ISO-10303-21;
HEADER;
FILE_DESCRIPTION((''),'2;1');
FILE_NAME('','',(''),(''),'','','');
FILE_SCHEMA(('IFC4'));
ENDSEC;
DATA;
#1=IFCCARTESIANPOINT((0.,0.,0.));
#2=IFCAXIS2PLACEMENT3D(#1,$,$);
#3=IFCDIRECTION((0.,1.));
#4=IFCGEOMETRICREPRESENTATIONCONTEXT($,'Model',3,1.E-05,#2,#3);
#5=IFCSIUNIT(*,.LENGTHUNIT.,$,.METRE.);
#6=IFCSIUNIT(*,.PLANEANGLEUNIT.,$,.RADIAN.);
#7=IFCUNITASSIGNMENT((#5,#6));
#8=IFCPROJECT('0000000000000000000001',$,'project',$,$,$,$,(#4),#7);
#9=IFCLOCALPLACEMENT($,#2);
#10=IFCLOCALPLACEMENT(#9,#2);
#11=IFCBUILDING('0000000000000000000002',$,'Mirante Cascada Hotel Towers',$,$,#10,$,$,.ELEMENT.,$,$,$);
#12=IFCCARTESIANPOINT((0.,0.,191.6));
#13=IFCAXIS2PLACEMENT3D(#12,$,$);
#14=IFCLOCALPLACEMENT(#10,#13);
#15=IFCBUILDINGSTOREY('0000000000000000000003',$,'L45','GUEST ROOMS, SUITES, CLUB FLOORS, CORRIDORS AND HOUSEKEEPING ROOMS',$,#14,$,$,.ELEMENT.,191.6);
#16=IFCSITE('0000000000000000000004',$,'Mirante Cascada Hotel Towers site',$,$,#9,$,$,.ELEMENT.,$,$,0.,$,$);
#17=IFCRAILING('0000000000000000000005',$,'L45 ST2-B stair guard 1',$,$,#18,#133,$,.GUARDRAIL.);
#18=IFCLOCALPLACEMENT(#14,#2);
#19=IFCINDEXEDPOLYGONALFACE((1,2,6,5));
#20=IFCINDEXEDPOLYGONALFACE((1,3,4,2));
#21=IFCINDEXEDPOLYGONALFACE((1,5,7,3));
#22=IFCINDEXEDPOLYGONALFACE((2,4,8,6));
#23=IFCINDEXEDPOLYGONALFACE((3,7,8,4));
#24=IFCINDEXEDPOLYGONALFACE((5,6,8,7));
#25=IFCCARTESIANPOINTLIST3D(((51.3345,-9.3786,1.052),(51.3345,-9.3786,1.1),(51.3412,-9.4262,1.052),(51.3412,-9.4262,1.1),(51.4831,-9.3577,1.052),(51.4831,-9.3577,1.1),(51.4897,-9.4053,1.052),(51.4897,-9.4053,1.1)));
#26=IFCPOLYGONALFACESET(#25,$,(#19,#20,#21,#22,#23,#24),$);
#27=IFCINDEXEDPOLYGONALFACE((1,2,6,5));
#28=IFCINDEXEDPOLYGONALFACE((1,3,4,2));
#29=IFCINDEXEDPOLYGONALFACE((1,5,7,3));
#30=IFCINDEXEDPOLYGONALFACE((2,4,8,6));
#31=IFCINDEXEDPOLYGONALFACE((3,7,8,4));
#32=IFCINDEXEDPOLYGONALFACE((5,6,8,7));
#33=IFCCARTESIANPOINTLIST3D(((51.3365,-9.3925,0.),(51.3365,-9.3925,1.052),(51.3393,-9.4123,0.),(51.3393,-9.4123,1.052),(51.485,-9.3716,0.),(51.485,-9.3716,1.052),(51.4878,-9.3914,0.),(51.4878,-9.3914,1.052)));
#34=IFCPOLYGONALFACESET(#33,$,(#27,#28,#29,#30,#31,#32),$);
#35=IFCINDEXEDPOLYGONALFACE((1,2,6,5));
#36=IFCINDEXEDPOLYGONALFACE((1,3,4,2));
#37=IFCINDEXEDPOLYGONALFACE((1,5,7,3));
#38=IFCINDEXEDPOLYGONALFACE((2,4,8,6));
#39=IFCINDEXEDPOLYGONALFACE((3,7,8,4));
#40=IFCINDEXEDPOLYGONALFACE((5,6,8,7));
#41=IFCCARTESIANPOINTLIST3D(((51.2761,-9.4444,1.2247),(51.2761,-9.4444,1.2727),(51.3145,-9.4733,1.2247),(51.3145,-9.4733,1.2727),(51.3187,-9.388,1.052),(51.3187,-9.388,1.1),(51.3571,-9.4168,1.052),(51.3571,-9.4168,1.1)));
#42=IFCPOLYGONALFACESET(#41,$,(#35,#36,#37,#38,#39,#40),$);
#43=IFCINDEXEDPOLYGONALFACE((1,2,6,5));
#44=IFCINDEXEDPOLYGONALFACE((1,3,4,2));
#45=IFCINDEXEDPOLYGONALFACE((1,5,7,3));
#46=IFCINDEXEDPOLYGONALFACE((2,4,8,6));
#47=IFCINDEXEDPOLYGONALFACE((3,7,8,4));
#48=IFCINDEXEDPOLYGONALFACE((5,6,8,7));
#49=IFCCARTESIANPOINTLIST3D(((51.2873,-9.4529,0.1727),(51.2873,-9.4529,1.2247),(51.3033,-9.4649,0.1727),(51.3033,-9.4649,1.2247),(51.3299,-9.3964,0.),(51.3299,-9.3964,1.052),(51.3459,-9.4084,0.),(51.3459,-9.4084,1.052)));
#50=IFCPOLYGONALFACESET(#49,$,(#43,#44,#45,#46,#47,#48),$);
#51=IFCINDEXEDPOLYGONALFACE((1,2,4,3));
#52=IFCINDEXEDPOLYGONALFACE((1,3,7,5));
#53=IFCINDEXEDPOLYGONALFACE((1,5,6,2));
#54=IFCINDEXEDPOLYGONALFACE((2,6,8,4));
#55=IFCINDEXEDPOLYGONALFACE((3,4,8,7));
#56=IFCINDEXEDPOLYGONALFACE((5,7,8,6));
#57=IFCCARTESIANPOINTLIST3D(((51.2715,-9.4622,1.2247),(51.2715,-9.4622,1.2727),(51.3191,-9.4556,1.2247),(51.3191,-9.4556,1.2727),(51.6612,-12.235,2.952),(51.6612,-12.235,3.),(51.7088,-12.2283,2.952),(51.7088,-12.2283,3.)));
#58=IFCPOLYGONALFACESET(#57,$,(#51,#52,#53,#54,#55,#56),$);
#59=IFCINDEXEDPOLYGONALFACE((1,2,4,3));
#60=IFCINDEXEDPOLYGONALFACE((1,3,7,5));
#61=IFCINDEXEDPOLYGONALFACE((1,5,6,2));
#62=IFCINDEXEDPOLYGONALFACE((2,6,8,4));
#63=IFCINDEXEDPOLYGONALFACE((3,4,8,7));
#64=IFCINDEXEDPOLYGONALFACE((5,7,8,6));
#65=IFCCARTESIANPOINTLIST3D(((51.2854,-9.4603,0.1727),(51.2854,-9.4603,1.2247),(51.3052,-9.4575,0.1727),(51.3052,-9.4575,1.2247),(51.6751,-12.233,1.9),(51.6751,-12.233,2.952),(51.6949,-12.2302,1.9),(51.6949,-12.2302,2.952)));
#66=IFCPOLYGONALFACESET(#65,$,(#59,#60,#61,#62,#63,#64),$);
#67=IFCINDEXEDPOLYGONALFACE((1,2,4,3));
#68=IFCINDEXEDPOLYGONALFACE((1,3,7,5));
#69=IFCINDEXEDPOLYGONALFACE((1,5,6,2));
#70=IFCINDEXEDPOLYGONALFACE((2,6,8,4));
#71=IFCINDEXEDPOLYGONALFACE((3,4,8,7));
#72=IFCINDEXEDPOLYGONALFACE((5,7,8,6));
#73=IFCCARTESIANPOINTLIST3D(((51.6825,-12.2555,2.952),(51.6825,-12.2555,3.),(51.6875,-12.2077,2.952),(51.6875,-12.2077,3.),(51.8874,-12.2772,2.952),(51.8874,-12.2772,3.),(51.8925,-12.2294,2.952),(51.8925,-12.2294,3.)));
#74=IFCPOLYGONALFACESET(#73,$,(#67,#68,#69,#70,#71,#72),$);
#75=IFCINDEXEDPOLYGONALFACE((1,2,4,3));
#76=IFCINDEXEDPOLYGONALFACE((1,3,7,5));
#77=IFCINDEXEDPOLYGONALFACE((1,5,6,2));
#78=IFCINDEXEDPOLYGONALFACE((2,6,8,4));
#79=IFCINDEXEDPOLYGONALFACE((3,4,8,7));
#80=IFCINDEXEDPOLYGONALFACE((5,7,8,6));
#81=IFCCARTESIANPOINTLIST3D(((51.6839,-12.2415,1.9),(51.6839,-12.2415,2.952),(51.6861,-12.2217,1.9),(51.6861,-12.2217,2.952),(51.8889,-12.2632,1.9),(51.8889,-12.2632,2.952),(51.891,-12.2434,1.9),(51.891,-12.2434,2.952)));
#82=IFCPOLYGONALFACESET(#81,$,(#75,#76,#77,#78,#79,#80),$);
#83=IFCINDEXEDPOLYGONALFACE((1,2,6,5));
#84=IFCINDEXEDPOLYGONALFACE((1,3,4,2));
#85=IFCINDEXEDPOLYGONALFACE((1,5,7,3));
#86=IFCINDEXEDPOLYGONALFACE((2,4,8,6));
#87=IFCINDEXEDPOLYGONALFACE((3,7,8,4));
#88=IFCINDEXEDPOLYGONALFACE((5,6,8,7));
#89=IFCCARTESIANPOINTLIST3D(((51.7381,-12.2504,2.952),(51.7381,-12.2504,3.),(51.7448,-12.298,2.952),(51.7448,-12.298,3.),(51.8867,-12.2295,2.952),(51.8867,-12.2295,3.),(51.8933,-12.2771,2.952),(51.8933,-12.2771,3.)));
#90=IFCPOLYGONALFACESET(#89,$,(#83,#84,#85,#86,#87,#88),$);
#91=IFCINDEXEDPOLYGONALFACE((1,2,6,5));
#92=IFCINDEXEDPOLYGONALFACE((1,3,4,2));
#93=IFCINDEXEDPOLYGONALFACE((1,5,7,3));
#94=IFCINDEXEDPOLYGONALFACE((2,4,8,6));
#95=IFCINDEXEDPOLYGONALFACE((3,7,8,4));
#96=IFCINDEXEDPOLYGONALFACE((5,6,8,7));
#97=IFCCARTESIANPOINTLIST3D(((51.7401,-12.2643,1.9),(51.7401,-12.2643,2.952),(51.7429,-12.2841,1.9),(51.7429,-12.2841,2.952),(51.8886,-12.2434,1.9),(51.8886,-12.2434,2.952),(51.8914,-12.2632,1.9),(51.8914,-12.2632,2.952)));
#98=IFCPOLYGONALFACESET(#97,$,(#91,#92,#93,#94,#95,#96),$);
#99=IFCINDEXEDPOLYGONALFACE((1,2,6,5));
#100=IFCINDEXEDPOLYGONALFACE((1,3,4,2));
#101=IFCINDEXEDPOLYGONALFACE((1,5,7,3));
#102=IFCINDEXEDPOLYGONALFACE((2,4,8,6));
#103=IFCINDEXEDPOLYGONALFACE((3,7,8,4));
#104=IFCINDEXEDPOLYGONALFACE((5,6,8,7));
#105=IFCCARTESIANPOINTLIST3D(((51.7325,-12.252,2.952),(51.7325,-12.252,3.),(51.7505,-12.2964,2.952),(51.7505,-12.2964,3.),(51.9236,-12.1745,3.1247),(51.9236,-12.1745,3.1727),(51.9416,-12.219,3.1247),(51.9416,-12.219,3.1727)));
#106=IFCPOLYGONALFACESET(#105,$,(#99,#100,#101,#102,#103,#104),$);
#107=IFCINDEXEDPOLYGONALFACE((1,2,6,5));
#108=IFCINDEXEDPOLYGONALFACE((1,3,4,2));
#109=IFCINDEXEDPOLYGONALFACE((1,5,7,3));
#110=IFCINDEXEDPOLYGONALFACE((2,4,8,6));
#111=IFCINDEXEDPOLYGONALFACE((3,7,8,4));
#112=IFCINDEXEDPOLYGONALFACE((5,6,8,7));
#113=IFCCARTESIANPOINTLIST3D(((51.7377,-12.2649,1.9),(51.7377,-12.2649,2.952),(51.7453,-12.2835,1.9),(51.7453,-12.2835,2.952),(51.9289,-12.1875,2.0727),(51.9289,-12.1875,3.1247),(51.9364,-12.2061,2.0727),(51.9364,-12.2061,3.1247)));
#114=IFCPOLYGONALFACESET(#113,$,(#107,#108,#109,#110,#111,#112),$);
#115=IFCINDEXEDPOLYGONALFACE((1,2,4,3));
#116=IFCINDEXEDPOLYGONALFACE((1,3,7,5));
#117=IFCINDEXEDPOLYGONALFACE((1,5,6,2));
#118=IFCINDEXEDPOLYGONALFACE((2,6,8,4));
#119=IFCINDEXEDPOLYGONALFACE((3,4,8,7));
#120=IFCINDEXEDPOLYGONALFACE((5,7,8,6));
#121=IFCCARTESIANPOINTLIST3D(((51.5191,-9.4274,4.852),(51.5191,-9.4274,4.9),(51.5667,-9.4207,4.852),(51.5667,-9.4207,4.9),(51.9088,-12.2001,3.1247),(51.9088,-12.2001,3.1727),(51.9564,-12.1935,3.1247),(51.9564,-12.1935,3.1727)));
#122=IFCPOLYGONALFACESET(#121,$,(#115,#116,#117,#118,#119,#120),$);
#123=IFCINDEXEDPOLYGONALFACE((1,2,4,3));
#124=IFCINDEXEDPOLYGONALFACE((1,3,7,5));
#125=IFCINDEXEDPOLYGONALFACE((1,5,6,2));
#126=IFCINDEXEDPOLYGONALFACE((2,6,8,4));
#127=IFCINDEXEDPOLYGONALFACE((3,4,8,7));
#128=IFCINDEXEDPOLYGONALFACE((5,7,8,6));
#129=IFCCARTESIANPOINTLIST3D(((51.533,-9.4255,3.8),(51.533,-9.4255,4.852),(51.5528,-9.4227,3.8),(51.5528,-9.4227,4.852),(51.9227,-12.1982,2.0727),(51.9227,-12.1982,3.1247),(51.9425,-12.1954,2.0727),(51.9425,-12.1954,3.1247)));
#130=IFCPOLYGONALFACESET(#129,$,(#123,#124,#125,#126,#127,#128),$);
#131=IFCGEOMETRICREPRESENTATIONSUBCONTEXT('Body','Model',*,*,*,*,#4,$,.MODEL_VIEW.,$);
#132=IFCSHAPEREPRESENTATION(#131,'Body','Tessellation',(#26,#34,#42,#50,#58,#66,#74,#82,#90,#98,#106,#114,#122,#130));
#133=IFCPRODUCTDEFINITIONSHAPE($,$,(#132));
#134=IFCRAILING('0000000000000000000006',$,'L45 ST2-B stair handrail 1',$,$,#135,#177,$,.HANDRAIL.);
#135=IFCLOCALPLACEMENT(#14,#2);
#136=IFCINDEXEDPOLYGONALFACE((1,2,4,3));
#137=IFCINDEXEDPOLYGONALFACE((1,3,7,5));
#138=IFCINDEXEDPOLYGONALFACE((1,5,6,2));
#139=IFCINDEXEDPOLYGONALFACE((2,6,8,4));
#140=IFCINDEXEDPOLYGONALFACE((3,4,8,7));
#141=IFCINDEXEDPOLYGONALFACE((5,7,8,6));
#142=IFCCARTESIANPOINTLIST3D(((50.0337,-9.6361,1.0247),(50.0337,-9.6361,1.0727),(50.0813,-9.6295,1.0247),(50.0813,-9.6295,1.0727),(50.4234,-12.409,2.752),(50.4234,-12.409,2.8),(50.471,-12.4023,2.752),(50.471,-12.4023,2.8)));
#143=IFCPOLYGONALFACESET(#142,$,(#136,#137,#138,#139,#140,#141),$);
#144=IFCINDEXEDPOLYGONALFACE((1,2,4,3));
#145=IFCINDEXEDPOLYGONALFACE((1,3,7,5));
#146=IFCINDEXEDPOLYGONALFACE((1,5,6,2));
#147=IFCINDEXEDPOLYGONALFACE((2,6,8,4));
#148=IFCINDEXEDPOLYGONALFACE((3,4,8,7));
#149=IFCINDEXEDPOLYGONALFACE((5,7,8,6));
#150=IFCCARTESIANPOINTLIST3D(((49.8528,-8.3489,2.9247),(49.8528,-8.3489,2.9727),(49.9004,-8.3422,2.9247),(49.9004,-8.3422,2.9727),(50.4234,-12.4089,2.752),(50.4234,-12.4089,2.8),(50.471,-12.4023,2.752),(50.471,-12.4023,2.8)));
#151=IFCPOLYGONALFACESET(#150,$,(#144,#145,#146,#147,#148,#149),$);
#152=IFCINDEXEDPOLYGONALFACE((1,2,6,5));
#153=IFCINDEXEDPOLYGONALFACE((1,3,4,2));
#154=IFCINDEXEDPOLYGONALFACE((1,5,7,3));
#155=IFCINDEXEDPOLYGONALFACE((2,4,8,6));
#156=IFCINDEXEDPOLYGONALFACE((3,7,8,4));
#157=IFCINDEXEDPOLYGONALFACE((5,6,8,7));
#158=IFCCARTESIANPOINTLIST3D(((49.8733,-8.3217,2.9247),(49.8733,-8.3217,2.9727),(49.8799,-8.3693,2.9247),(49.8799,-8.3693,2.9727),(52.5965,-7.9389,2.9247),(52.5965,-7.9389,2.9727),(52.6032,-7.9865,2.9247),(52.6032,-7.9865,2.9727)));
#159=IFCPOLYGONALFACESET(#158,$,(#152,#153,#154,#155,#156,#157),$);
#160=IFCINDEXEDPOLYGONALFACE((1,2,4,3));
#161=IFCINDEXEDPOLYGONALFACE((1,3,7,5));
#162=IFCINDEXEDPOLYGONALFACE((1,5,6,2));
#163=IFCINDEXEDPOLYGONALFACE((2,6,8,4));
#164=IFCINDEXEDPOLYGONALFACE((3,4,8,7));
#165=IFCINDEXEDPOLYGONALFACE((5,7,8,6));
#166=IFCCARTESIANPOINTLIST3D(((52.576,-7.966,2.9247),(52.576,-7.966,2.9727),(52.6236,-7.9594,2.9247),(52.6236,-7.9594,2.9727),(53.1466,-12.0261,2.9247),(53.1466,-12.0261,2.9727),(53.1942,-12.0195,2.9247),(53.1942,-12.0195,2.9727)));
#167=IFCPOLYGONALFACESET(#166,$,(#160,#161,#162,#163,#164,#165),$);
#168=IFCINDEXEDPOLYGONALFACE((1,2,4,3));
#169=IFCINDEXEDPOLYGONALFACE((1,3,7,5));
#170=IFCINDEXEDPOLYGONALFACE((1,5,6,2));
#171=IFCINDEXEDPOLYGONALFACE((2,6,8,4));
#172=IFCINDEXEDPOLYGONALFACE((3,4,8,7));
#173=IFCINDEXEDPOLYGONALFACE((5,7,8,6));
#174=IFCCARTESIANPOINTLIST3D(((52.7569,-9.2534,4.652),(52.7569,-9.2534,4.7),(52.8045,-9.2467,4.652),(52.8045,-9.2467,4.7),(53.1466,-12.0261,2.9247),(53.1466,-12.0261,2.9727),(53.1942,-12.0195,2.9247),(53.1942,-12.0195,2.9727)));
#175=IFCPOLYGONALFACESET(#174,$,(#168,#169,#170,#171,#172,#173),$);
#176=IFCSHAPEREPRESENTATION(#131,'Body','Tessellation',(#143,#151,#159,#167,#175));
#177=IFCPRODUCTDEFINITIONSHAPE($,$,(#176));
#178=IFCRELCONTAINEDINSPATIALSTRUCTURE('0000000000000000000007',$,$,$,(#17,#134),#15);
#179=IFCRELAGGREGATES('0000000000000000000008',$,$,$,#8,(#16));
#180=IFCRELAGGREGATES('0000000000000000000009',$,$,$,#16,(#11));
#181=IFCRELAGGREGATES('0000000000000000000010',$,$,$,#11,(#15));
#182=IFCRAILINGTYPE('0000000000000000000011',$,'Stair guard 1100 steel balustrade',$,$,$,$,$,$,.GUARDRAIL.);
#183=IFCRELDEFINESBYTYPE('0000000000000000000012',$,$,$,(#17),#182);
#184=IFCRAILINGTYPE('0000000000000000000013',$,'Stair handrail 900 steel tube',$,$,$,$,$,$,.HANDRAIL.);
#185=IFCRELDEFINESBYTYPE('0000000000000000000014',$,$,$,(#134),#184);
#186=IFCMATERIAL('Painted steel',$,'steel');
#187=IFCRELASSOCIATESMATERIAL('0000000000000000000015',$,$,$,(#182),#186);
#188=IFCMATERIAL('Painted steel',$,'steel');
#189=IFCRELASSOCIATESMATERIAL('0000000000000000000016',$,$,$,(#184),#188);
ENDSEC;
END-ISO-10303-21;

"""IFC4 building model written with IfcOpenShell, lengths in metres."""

from ifc_helpers import new_model, si_unit, direction, frame, origin, origin_2d, place, context, subcontext, project, spatial, rectangle, extrude, material, type_object, element, save


model = new_model("IFC4")

# Units and contexts
model_context = context("Model", 3, precision=1e-05, world=origin(), true_north=direction((0.0, 1.0)))
body_context = subcontext(model_context, "Body", "Model", "MODEL_VIEW")
ifc_project = project(units=[si_unit("LENGTHUNIT", "METRE"), si_unit("PLANEANGLEUNIT", "RADIAN")], contexts=[model_context])

# Site, building, storey
site_placement = place(None, origin())
site = spatial("IfcSite", under=ifc_project, at=site_placement, Name="Mirante Cascada Hotel Towers site", CompositionType="ELEMENT", RefElevation=0.0)
building_placement = place(site_placement, origin())
building = spatial("IfcBuilding", under=site, at=building_placement, Name="Mirante Cascada Hotel Towers", CompositionType="ELEMENT")
storey_placement = place(building_placement, frame((0.0, 0.0, 191.6)))
storey = spatial("IfcBuildingStorey", under=building, at=storey_placement, Name="L45", Description="GUEST ROOMS, SUITES, CLUB FLOORS, CORRIDORS AND HOUSEKEEPING ROOMS", CompositionType="ELEMENT", Elevation=191.6)

# Railings
ifc_material_1 = material(Name="Painted steel", Category="steel")
railing_type_1 = type_object("IfcRailingType", Name="Stair guard 1100 steel balustrade", PredefinedType="GUARDRAIL", material=ifc_material_1)
railing_1_placement = place(storey_placement, frame((51.4864, -9.3815, 0.0)))
element("IfcRailing", 1, at=railing_1_placement, inside=storey, type_object=railing_type_1, Name="L45 ST2-B stair guard 1", PredefinedType="GUARDRAIL", context=body_context, shape_type="SweptSolid", body=[
    extrude(rectangle(XDim=0.048, YDim=0.048, at=origin_2d()), frame((0.0, 0.0, 1.076), z_axis=(-0.990241, -0.139367, 0.0), x_axis=(0.139367, -0.990241, 0.0)), (0.0, 0.0, 1.0), 0.15),
    extrude(rectangle(XDim=0.02, YDim=1.052, at=origin_2d()), frame((0.0, 0.0, 0.526), z_axis=(-0.990241, -0.139367, 0.0), x_axis=(0.139367, -0.990241, 0.0)), (0.0, 0.0, 1.0), 0.15),
    extrude(rectangle(XDim=0.048, YDim=0.048, at=origin_2d()), frame((-0.1485, -0.0209, 1.076), z_axis=(-0.602033, -0.798471, 0.0), x_axis=(0.798471, -0.602033, 0.0)), (0.0, 0.92534, 0.379139), 0.1866),
    extrude(rectangle(XDim=0.02, YDim=1.052, at=origin_2d()), frame((-0.1485, -0.0209, 0.526), z_axis=(-0.602033, -0.798471, 0.0), x_axis=(0.798471, -0.602033, 0.0)), (0.0, 0.92534, 0.379139), 0.1866),
    extrude(rectangle(XDim=0.048, YDim=0.048, at=origin_2d()), frame((-0.1911, -0.0774, 1.2487), z_axis=(0.139181, -0.990267, 0.0), x_axis=(0.990267, 0.139181, 0.0)), (0.0, 0.525035, 0.851081), 3.2899),
    extrude(rectangle(XDim=0.02, YDim=1.052, at=origin_2d()), frame((-0.1911, -0.0774, 0.6987), z_axis=(0.139181, -0.990267, 0.0), x_axis=(0.990267, 0.139181, 0.0)), (0.0, 0.525035, 0.851081), 3.2899),
    extrude(rectangle(XDim=0.048, YDim=0.048, at=origin_2d()), frame((0.1986, -2.8501, 2.976), z_axis=(0.994444, -0.105266, 0.0), x_axis=(0.105266, 0.994444, 0.0)), (0.0, 0.0, 1.0), 0.2061),
    extrude(rectangle(XDim=0.02, YDim=1.052, at=origin_2d()), frame((0.1986, -2.8501, 2.426), z_axis=(0.994444, -0.105266, 0.0), x_axis=(0.105266, 0.994444, 0.0)), (0.0, 0.0, 1.0), 0.2061),
    extrude(rectangle(XDim=0.048, YDim=0.048, at=origin_2d()), frame((0.4036, -2.8718, 2.976), z_axis=(-0.990241, -0.139367, 0.0), x_axis=(0.139367, -0.990241, 0.0)), (0.0, 0.0, 1.0), 0.15),
    extrude(rectangle(XDim=0.02, YDim=1.052, at=origin_2d()), frame((0.4036, -2.8718, 2.426), z_axis=(-0.990241, -0.139367, 0.0), x_axis=(0.139367, -0.990241, 0.0)), (0.0, 0.0, 1.0), 0.15),
    extrude(rectangle(XDim=0.048, YDim=0.048, at=origin_2d()), frame((0.2551, -2.8927, 2.976), z_axis=(0.926862, 0.375401, 0.0), x_axis=(-0.375401, 0.926862, 0.0)), (0.0, 0.642122, 0.766603), 0.269),
    extrude(rectangle(XDim=0.02, YDim=1.052, at=origin_2d()), frame((0.2551, -2.8927, 2.426), z_axis=(0.926862, 0.375401, 0.0), x_axis=(-0.375401, 0.926862, 0.0)), (0.0, 0.642122, 0.766603), 0.269),
    extrude(rectangle(XDim=0.048, YDim=0.048, at=origin_2d()), frame((0.4462, -2.8153, 3.1487), z_axis=(-0.139181, 0.990267, 0.0), x_axis=(-0.990267, -0.139181, 0.0)), (0.0, 0.525035, 0.851081), 3.2899),
    extrude(rectangle(XDim=0.02, YDim=1.052, at=origin_2d()), frame((0.4462, -2.8153, 2.5987), z_axis=(-0.139181, 0.990267, 0.0), x_axis=(-0.990267, -0.139181, 0.0)), (0.0, 0.525035, 0.851081), 3.2899),
])
ifc_material_2 = material(Name="Painted steel", Category="steel")
railing_type_2 = type_object("IfcRailingType", Name="Stair handrail 900 steel tube", PredefinedType="HANDRAIL", material=ifc_material_2)
railing_2_placement = place(storey_placement, frame((50.0575, -9.6328, 0.1727)))
element("IfcRailing", 2, at=railing_2_placement, inside=storey, type_object=railing_type_2, Name="L45 ST2-B stair handrail 1", PredefinedType="HANDRAIL", context=body_context, shape_type="SweptSolid", body=[
    extrude(rectangle(XDim=0.048, YDim=0.048, at=origin_2d()), frame((0.0, 0.0, 0.876), z_axis=(0.139176, -0.990268, 0.0), x_axis=(0.990268, 0.139176, 0.0)), (0.0, 0.525021, 0.851089), 3.29),
    extrude(rectangle(XDim=0.048, YDim=0.048, at=origin_2d()), frame((0.3897, -2.7728, 2.6033), z_axis=(-0.139171, 0.990268, 0.0), x_axis=(-0.990268, -0.139171, 0.0)), (0.0, 0.042085, 0.999114), 4.1036),
    extrude(rectangle(XDim=0.048, YDim=0.048, at=origin_2d()), frame((-0.1809, 1.2873, 2.776), z_axis=(0.990264, 0.139201, 0.0), x_axis=(-0.139201, 0.990264, 0.0)), (0.0, 0.0, 1.0), 2.75),
    extrude(rectangle(XDim=0.048, YDim=0.048, at=origin_2d()), frame((2.5423, 1.6701, 2.776), z_axis=(0.139171, -0.990268, 0.0), x_axis=(0.990268, 0.139171, 0.0)), (0.0, 0.0, 1.0), 4.1),
    extrude(rectangle(XDim=0.048, YDim=0.048, at=origin_2d()), frame((3.1129, -2.39, 2.776), z_axis=(-0.139181, 0.990267, 0.0), x_axis=(-0.990267, -0.139181, 0.0)), (0.0, 0.525035, 0.851081), 3.2899),
])

save(model, "model.ifc")
